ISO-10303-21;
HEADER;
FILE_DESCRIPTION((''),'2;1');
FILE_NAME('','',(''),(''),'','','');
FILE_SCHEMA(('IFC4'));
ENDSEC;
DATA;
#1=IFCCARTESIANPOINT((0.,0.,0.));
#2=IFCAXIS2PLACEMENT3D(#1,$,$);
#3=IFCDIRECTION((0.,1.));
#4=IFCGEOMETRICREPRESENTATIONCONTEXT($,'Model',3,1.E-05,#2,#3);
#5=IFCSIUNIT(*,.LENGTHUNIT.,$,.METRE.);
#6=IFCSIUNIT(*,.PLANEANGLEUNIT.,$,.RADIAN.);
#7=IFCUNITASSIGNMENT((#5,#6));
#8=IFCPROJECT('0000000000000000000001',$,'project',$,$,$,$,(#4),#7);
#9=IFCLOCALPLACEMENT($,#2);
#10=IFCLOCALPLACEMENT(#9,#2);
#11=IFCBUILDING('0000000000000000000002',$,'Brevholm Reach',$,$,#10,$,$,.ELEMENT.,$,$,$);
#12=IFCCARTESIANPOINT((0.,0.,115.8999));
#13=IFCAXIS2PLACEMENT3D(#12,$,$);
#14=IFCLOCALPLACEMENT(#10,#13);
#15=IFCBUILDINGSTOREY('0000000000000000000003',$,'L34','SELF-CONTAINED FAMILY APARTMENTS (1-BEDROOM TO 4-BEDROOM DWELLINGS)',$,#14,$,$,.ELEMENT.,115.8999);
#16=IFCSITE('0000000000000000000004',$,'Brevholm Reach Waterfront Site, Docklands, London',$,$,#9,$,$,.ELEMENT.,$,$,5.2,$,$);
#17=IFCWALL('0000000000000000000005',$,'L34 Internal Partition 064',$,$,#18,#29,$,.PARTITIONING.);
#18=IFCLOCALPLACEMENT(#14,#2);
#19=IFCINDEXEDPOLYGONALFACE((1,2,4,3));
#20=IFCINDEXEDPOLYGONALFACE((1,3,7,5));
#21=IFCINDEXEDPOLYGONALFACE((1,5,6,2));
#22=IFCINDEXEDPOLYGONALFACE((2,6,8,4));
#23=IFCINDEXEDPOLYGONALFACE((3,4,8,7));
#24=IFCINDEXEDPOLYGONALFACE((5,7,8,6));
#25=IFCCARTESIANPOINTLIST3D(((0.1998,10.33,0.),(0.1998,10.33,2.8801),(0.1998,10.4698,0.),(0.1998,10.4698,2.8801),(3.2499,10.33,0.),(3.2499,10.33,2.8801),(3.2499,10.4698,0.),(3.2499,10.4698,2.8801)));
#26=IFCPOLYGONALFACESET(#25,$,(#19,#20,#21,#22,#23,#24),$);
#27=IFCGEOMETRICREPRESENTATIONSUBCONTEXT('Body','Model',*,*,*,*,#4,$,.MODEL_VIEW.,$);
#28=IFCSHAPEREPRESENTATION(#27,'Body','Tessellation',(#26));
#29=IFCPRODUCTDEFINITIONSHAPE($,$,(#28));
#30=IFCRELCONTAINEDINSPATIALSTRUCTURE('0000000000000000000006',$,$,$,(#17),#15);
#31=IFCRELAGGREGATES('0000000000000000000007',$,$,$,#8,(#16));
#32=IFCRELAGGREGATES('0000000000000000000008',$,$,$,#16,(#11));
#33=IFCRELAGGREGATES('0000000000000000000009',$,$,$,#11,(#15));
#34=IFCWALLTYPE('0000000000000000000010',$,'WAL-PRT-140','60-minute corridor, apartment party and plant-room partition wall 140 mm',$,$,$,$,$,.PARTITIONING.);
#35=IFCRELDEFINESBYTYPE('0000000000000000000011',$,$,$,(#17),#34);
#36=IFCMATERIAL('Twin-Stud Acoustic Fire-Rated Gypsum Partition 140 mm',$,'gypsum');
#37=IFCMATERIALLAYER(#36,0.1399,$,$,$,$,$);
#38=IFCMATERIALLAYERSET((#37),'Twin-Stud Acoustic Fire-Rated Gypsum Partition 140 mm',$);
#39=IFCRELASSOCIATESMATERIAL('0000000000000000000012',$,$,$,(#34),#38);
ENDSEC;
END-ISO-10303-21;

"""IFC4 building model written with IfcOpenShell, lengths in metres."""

from ifc_helpers import new_model, si_unit, direction, frame, frame_2d, origin, place, context, subcontext, project, spatial, rectangle, extrude, material, layer, layer_set, type_object, element, save


model = new_model("IFC4")

# Units and contexts
model_context = context("Model", 3, precision=1e-05, world=origin(), true_north=direction((0.0, 1.0)))
body_context = subcontext(model_context, "Body", "Model", "MODEL_VIEW")
ifc_project = project(units=[si_unit("LENGTHUNIT", "METRE"), si_unit("PLANEANGLEUNIT", "RADIAN")], contexts=[model_context])

# Site, building, storey
site_placement = place(None, origin())
site = spatial("IfcSite", under=ifc_project, at=site_placement, Name="Brevholm Reach Waterfront Site, Docklands, London", CompositionType="ELEMENT", RefElevation=5.2)
building_placement = place(site_placement, origin())
building = spatial("IfcBuilding", under=site, at=building_placement, Name="Brevholm Reach", CompositionType="ELEMENT")
storey_placement = place(building_placement, frame((0.0, 0.0, 115.8999)))
storey = spatial("IfcBuildingStorey", under=building, at=storey_placement, Name="L34", Description="SELF-CONTAINED FAMILY APARTMENTS (1-BEDROOM TO 4-BEDROOM DWELLINGS)", CompositionType="ELEMENT", Elevation=115.8999)

# Wall
ifc_material_1 = material(Name="Twin-Stud Acoustic Fire-Rated Gypsum Partition 140 mm", Category="gypsum")
ifc_layer_1 = layer(ifc_material_1, 0.1399)
ifc_layer_set_1 = layer_set([ifc_layer_1], Name="Twin-Stud Acoustic Fire-Rated Gypsum Partition 140 mm")
wall_type_1 = type_object("IfcWallType", Name="WAL-PRT-140", Description="60-minute corridor, apartment party and plant-room partition wall 140 mm", PredefinedType="PARTITIONING", material=ifc_layer_set_1)
wall_1_placement = place(storey_placement, frame((0.2, 10.3999, 0.0), z_axis=(0.0, 0.0, 1.0), x_axis=(1.0, 0.0, 0.0)))
element("IfcWall", 1, at=wall_1_placement, inside=storey, type_object=wall_type_1, Name="L34 Internal Partition 064", PredefinedType="PARTITIONING", context=body_context, shape_type="SweptSolid", body=[
    extrude(rectangle(XDim=3.05, YDim=0.1399, at=frame_2d((1.5249, 0.0))), origin(), (0.0, 0.0, 1.0), 2.8801),
])

save(model, "model.ifc")
